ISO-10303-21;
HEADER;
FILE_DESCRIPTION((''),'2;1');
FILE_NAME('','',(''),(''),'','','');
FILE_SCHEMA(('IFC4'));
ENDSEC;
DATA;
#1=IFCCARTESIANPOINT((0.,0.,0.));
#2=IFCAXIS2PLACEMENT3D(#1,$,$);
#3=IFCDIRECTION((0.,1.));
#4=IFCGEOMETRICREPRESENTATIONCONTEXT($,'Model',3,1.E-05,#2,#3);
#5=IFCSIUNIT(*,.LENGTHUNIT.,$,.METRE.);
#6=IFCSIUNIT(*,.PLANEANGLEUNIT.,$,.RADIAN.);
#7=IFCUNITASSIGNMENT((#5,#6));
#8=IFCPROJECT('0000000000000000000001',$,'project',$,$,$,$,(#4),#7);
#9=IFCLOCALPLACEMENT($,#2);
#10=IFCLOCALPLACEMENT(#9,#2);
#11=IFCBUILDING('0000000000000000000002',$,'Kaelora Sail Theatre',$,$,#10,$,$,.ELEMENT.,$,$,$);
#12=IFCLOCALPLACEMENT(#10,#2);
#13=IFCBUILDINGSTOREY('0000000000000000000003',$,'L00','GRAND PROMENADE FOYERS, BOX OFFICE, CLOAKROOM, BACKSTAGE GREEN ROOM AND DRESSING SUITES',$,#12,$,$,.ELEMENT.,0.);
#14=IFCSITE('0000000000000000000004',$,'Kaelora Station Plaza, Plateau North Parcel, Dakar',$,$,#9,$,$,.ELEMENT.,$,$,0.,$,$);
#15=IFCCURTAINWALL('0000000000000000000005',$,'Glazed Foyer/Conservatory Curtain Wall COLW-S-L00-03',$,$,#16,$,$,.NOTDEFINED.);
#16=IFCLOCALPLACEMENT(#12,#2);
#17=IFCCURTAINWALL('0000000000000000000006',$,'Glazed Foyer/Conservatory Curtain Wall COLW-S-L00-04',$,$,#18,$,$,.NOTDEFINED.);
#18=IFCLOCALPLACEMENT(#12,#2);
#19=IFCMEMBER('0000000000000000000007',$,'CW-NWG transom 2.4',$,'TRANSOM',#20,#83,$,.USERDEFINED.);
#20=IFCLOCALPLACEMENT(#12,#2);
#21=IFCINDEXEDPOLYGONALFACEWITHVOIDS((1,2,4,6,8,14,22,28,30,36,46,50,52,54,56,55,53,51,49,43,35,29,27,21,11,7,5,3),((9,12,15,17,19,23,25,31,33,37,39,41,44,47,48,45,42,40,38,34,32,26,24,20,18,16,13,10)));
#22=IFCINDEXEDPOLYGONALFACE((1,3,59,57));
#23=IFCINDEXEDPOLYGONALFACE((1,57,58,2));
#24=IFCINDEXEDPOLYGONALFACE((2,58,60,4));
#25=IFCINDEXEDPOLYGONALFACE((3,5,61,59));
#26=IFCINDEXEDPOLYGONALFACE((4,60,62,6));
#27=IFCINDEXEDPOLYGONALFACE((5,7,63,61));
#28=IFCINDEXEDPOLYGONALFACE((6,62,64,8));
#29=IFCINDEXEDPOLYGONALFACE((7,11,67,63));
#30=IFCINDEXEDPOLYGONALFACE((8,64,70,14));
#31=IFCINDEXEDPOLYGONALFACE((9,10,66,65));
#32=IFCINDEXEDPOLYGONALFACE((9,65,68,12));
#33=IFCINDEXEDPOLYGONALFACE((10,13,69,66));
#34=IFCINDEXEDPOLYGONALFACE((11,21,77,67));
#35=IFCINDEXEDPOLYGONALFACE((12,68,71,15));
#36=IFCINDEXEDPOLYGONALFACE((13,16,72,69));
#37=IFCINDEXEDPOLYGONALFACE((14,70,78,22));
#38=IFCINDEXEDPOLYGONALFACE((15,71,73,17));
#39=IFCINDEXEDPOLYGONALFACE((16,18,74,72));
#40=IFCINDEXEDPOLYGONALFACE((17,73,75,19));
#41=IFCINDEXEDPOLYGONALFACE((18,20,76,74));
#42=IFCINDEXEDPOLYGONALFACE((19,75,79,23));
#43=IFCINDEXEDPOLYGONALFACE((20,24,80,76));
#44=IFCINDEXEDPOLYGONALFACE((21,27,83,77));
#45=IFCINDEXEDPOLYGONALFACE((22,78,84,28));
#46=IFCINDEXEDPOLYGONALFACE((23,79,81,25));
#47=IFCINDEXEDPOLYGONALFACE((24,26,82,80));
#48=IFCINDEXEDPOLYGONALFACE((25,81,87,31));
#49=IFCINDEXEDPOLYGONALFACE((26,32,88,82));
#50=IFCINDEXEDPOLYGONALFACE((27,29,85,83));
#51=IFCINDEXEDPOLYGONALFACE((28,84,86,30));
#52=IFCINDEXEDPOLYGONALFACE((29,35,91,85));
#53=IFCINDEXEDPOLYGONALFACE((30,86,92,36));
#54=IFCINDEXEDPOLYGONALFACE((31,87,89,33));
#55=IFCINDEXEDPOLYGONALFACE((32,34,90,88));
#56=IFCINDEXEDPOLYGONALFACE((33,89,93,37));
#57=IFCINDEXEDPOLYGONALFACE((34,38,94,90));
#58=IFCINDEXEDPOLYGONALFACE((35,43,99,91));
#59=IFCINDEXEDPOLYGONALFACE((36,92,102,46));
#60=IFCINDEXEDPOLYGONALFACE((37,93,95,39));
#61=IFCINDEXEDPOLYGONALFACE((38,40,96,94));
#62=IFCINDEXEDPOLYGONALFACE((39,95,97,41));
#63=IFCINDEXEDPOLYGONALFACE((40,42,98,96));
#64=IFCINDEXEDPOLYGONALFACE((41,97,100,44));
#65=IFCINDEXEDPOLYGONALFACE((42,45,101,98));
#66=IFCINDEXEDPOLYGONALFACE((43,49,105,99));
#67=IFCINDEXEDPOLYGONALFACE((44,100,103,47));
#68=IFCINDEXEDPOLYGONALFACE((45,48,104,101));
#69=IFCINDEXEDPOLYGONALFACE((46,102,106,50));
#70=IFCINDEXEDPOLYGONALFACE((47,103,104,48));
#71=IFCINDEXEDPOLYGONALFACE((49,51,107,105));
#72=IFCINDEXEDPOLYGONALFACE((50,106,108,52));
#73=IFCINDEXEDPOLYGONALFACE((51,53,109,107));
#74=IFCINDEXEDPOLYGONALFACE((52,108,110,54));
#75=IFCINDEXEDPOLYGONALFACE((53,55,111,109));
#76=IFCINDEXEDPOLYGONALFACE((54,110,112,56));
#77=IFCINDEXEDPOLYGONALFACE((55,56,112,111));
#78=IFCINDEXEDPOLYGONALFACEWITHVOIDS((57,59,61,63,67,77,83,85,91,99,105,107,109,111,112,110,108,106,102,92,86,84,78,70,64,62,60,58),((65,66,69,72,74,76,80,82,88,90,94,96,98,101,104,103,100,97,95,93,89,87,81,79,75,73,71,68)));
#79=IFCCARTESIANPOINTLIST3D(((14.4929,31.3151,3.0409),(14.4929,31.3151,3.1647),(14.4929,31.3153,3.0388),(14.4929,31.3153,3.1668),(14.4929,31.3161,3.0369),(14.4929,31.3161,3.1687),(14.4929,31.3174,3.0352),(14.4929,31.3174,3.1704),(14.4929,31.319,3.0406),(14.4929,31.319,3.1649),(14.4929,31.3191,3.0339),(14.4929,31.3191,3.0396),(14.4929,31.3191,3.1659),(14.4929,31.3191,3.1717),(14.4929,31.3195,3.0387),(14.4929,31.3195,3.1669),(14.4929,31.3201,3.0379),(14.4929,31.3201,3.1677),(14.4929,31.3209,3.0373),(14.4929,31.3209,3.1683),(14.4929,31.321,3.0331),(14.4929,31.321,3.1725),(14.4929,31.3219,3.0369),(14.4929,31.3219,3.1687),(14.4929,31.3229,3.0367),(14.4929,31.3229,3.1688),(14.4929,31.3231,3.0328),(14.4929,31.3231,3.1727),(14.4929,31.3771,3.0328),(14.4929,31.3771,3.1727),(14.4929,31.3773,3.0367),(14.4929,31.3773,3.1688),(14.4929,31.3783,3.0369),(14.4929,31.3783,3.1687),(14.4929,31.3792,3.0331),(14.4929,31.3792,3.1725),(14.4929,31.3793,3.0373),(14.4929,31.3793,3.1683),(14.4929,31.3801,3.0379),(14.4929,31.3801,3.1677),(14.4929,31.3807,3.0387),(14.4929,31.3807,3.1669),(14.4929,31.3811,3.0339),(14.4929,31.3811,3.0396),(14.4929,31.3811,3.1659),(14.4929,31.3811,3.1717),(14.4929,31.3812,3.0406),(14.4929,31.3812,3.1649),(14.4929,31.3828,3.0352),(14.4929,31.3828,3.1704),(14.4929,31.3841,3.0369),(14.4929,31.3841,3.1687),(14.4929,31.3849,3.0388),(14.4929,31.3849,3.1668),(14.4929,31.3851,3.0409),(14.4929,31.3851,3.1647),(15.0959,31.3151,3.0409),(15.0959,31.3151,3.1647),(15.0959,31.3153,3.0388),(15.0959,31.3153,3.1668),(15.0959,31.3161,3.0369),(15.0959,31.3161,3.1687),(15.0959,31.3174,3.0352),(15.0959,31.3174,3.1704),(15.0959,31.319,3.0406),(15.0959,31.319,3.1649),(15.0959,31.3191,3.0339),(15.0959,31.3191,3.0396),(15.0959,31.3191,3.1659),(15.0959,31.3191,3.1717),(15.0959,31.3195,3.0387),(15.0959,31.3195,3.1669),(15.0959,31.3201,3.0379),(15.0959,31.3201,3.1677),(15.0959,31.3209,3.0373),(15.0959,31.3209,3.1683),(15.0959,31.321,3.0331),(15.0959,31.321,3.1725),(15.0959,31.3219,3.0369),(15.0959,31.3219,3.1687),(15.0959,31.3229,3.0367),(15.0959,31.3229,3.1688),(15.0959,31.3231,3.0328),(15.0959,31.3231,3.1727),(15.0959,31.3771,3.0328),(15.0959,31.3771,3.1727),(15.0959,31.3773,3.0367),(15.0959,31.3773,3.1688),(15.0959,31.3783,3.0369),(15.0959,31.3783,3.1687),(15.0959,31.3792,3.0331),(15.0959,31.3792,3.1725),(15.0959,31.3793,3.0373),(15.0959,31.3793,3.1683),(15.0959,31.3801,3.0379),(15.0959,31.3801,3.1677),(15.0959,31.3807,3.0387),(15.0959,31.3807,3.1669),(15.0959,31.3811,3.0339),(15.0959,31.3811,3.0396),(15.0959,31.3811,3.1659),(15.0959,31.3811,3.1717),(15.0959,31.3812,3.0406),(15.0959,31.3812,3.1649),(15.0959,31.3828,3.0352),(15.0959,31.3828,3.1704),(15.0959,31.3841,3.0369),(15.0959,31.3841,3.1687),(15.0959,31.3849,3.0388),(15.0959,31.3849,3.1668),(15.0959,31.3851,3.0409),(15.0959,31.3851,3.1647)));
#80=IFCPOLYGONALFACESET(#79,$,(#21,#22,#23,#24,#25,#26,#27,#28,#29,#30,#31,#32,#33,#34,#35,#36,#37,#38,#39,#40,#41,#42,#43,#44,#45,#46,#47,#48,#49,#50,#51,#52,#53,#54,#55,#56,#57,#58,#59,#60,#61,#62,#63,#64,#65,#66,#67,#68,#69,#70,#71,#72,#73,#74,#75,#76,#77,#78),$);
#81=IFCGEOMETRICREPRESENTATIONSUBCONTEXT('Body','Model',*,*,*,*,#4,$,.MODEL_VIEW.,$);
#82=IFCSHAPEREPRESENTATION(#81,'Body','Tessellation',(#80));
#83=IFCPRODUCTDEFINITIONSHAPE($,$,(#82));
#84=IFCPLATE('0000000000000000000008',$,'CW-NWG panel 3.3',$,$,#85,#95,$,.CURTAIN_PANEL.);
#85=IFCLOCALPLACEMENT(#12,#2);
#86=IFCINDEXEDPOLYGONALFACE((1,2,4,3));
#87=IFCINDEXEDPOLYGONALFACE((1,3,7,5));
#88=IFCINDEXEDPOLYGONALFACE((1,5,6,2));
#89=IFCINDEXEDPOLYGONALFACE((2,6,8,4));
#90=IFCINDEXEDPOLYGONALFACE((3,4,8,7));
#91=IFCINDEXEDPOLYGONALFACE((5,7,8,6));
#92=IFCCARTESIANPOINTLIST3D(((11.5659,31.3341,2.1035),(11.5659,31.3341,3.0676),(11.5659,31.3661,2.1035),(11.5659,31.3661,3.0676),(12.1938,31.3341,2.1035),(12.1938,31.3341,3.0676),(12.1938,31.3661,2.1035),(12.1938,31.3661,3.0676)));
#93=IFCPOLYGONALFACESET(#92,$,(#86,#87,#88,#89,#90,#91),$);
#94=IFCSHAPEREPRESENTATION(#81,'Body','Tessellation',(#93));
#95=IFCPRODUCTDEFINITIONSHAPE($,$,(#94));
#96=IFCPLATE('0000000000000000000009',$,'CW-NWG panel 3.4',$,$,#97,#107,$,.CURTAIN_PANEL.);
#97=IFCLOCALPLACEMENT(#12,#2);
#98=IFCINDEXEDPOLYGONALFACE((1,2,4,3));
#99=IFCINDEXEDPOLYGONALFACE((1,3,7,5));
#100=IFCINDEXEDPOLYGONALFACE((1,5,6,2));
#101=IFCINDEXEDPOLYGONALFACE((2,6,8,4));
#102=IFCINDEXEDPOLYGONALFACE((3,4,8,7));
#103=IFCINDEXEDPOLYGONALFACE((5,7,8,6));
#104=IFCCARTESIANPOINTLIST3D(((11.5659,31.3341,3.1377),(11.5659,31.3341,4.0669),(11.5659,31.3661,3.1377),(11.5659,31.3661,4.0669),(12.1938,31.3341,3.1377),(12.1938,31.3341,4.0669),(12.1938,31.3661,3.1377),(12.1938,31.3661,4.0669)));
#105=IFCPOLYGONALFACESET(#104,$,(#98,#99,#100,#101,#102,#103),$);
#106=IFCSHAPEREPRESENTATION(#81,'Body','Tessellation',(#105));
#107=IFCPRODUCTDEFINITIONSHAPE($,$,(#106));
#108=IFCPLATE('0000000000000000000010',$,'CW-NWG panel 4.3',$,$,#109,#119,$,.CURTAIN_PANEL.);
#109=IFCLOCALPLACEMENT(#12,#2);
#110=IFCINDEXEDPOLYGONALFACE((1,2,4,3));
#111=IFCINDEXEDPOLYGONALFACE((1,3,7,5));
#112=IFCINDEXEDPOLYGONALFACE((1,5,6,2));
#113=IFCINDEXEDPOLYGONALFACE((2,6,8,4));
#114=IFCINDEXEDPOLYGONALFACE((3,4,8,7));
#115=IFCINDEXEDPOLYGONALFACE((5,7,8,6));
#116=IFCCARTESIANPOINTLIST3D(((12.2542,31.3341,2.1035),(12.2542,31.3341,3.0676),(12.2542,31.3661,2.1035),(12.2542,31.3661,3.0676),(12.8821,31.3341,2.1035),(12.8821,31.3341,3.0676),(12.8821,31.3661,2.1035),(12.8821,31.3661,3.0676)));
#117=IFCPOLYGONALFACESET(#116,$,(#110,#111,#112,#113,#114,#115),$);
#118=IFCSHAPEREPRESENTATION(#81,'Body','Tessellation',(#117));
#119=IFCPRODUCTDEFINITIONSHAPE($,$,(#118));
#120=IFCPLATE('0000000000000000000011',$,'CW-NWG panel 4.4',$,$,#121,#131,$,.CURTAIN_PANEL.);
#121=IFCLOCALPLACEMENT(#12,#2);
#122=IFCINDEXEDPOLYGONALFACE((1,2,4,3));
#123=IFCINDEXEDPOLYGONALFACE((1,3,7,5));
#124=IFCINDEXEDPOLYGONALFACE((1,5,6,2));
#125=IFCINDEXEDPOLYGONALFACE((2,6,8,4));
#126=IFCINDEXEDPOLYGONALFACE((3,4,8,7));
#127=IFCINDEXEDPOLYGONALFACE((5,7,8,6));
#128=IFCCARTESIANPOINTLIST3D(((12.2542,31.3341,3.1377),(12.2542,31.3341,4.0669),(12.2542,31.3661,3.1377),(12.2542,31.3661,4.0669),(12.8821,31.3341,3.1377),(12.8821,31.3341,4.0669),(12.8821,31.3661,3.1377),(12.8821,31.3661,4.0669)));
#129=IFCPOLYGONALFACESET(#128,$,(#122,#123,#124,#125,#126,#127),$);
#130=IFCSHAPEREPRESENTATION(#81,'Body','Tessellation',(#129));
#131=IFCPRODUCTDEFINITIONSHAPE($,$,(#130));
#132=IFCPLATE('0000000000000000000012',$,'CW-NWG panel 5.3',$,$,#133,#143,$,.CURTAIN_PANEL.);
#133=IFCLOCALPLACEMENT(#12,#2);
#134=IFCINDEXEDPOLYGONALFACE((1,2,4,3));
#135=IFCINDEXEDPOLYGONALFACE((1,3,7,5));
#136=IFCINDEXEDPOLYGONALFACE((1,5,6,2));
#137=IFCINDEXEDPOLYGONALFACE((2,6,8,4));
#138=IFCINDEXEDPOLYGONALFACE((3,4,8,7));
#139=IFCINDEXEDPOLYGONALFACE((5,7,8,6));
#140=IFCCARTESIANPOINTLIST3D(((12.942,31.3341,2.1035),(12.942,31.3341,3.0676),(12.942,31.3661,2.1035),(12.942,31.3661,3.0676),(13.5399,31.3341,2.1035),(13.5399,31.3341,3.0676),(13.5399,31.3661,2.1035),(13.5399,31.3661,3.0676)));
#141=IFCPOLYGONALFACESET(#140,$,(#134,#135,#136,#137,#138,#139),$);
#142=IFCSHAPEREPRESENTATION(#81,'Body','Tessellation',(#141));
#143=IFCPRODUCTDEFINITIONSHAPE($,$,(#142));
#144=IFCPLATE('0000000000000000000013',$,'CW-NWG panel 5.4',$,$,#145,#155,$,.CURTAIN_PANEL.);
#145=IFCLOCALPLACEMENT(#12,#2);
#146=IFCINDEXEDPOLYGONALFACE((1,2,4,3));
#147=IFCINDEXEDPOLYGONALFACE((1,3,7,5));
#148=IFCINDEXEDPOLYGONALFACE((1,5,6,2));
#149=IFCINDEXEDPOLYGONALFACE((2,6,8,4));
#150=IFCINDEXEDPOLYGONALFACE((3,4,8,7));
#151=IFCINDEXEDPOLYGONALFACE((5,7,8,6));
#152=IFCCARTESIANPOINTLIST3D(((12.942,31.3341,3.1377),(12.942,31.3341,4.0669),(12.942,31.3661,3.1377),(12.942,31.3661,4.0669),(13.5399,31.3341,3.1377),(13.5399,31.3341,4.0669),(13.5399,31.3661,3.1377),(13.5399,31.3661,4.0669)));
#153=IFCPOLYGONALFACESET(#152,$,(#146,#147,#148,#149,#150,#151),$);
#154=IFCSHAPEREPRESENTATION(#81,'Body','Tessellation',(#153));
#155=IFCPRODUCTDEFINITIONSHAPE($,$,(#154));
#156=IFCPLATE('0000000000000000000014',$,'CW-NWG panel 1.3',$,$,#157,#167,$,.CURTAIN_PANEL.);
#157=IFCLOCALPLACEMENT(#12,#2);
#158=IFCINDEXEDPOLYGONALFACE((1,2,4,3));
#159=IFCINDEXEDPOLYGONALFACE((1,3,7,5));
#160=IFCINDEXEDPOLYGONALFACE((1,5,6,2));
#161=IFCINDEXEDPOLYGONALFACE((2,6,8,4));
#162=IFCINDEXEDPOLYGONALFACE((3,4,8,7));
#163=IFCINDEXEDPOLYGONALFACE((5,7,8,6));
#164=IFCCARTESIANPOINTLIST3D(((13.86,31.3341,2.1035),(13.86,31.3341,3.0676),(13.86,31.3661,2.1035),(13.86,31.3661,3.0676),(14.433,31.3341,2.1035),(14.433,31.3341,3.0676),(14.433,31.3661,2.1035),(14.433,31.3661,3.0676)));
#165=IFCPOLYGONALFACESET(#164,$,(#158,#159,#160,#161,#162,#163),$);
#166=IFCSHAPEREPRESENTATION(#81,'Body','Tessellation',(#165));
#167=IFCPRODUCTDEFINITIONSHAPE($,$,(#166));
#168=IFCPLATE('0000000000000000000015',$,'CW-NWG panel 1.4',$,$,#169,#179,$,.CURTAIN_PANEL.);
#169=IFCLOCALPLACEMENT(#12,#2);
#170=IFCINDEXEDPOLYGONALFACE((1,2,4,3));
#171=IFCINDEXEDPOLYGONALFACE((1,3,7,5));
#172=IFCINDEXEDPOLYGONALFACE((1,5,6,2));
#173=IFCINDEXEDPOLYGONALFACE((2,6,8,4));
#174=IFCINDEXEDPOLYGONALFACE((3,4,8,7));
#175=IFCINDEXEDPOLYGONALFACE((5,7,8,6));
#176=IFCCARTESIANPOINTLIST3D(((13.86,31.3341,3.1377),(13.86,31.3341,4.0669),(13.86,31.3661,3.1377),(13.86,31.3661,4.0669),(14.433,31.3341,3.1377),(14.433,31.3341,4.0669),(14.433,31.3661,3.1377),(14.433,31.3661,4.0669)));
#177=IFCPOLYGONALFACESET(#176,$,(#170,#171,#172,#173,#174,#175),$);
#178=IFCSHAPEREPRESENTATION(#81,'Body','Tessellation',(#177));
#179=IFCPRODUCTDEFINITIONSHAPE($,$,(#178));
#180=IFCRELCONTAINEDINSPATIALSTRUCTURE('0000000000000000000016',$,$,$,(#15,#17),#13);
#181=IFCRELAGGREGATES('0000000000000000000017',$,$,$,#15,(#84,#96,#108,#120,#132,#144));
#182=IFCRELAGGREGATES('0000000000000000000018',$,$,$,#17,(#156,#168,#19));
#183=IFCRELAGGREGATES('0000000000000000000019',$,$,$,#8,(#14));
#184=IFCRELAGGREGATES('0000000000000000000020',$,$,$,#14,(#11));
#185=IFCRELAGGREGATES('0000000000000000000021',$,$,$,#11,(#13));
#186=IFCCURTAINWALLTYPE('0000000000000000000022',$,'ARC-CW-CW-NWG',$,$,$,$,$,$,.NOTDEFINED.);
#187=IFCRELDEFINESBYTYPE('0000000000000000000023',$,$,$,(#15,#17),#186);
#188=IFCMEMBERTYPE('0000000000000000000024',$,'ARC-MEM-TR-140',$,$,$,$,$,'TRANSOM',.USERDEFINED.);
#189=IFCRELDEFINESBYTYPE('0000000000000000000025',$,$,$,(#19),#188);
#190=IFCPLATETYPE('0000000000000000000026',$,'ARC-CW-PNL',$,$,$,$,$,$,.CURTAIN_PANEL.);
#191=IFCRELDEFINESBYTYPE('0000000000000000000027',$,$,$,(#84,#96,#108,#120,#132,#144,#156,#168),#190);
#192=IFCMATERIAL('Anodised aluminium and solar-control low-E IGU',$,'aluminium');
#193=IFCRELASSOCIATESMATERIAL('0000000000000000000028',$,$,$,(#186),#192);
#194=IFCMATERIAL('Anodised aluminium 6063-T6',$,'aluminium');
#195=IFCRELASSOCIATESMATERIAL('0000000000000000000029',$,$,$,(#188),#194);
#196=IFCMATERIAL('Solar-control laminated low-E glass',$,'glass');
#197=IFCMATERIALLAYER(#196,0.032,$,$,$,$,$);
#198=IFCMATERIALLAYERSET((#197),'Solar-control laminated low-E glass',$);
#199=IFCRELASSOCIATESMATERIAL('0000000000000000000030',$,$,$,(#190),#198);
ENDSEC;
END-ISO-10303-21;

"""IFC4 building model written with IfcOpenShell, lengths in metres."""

from ifc_helpers import new_model, si_unit, direction, frame, origin, origin_2d, place, context, subcontext, project, spatial, rectangle, hollow_rectangle, extrude, material, layer, layer_set, material_profile, profile_set, type_object, element, aggregate, save


model = new_model("IFC4")

# Units and contexts
model_context = context("Model", 3, precision=1e-05, world=origin(), true_north=direction((0.0, 1.0)))
body_context = subcontext(model_context, "Body", "Model", "MODEL_VIEW")
ifc_project = project(units=[si_unit("LENGTHUNIT", "METRE"), si_unit("PLANEANGLEUNIT", "RADIAN")], contexts=[model_context])

# Site, building, storey
site_placement = place(None, origin())
site = spatial("IfcSite", under=ifc_project, at=site_placement, Name="Kaelora Station Plaza, Plateau North Parcel, Dakar", CompositionType="ELEMENT", RefElevation=0.0)
building_placement = place(site_placement, origin())
building = spatial("IfcBuilding", under=site, at=building_placement, Name="Kaelora Sail Theatre", CompositionType="ELEMENT")
storey_placement = place(building_placement, origin())
storey = spatial("IfcBuildingStorey", under=building, at=storey_placement, Name="L00", Description="GRAND PROMENADE FOYERS, BOX OFFICE, CLOAKROOM, BACKSTAGE GREEN ROOM AND DRESSING SUITES", CompositionType="ELEMENT", Elevation=0.0)

# Curtain walls, member
ifc_material_1 = material(Name="Anodised aluminium and solar-control low-E IGU", Category="aluminium")
curtain_wall_type = type_object("IfcCurtainWallType", Name="ARC-CW-CW-NWG", PredefinedType="NOTDEFINED", material=ifc_material_1)
curtain_wall_1_placement = place(storey_placement, origin())
curtain_wall_1 = element("IfcCurtainWall", 1, at=curtain_wall_1_placement, inside=storey, type_object=curtain_wall_type, Name="Glazed Foyer/Conservatory Curtain Wall COLW-S-L00-03", PredefinedType="NOTDEFINED")
ifc_material_2 = material(Name="Anodised aluminium 6063-T6", Category="aluminium")
ifc_material_profile = material_profile(ifc_material_2, hollow_rectangle(XDim=0.0701, YDim=0.1399, WallThickness=0.0039, InnerFilletRadius=0.0039, OuterFilletRadius=0.0081, at=origin_2d()), Name="ALU-TRAN 70x140x4")
ifc_profile_set = profile_set([ifc_material_profile], Name="Anodised aluminium 6063-T6")
member_type = type_object("IfcMemberType", Name="ARC-MEM-TR-140", ElementType="TRANSOM", PredefinedType="USERDEFINED", material=ifc_profile_set)
curtain_wall_2_placement = place(storey_placement, origin())
curtain_wall_2 = element("IfcCurtainWall", 2, at=curtain_wall_2_placement, inside=storey, type_object=curtain_wall_type, Name="Glazed Foyer/Conservatory Curtain Wall COLW-S-L00-04", PredefinedType="NOTDEFINED")
member_1_placement = place(storey_placement, frame((14.4929, 31.3501, 3.1028), z_axis=(1.0, 0.0, 0.0), x_axis=(0.0, 1.0, 0.0)))
member_1 = element("IfcMember", 3, at=member_1_placement, type_object=member_type, Name="CW-NWG transom 2.4", ObjectType="TRANSOM", PredefinedType="USERDEFINED", context=body_context, shape_type="SweptSolid", body=[
    extrude(hollow_rectangle(XDim=0.0701, YDim=0.1399, WallThickness=0.0039, InnerFilletRadius=0.0039, OuterFilletRadius=0.0081, at=origin_2d()), origin(), (0.0, 0.0, 1.0), 0.603),
])

# Plates
ifc_material_3 = material(Name="Solar-control laminated low-E glass", Category="glass")
ifc_layer = layer(ifc_material_3, 0.032)
ifc_layer_set = layer_set([ifc_layer], Name="Solar-control laminated low-E glass")
plate_type = type_object("IfcPlateType", Name="ARC-CW-PNL", PredefinedType="CURTAIN_PANEL", material=ifc_layer_set)
plate_1_placement = place(storey_placement, frame((11.8799, 31.3501, 2.1035), z_axis=(0.0, 0.0, 1.0), x_axis=(1.0, 0.0, 0.0)))
plate_1 = element("IfcPlate", 4, at=plate_1_placement, type_object=plate_type, Name="CW-NWG panel 3.3", PredefinedType="CURTAIN_PANEL", context=body_context, shape_type="SweptSolid", body=[
    extrude(rectangle(XDim=0.6279, YDim=0.032, at=origin_2d()), origin(), (0.0, 0.0, 1.0), 0.9641),
])
plate_2_placement = place(storey_placement, frame((11.8799, 31.3501, 3.1377), z_axis=(0.0, 0.0, 1.0), x_axis=(1.0, 0.0, 0.0)))
plate_2 = element("IfcPlate", 5, at=plate_2_placement, type_object=plate_type, Name="CW-NWG panel 3.4", PredefinedType="CURTAIN_PANEL", context=body_context, shape_type="SweptSolid", body=[
    extrude(rectangle(XDim=0.6279, YDim=0.032, at=origin_2d()), origin(), (0.0, 0.0, 1.0), 0.9292),
])
plate_3_placement = place(storey_placement, frame((12.5681, 31.3501, 2.1035), z_axis=(0.0, 0.0, 1.0), x_axis=(1.0, 0.0, 0.0)))
plate_3 = element("IfcPlate", 6, at=plate_3_placement, type_object=plate_type, Name="CW-NWG panel 4.3", PredefinedType="CURTAIN_PANEL", context=body_context, shape_type="SweptSolid", body=[
    extrude(rectangle(XDim=0.6279, YDim=0.032, at=origin_2d()), origin(), (0.0, 0.0, 1.0), 0.9641),
])
plate_4_placement = place(storey_placement, frame((12.5681, 31.3501, 3.1377), z_axis=(0.0, 0.0, 1.0), x_axis=(1.0, 0.0, 0.0)))
plate_4 = element("IfcPlate", 7, at=plate_4_placement, type_object=plate_type, Name="CW-NWG panel 4.4", PredefinedType="CURTAIN_PANEL", context=body_context, shape_type="SweptSolid", body=[
    extrude(rectangle(XDim=0.6279, YDim=0.032, at=origin_2d()), origin(), (0.0, 0.0, 1.0), 0.9292),
])
plate_5_placement = place(storey_placement, frame((13.241, 31.3501, 2.1035), z_axis=(0.0, 0.0, 1.0), x_axis=(1.0, 0.0, 0.0)))
plate_5 = element("IfcPlate", 8, at=plate_5_placement, type_object=plate_type, Name="CW-NWG panel 5.3", PredefinedType="CURTAIN_PANEL", context=body_context, shape_type="SweptSolid", body=[
    extrude(rectangle(XDim=0.5979, YDim=0.032, at=origin_2d()), origin(), (0.0, 0.0, 1.0), 0.9641),
])
plate_6_placement = place(storey_placement, frame((13.241, 31.3501, 3.1377), z_axis=(0.0, 0.0, 1.0), x_axis=(1.0, 0.0, 0.0)))
plate_6 = element("IfcPlate", 9, at=plate_6_placement, type_object=plate_type, Name="CW-NWG panel 5.4", PredefinedType="CURTAIN_PANEL", context=body_context, shape_type="SweptSolid", body=[
    extrude(rectangle(XDim=0.5979, YDim=0.032, at=origin_2d()), origin(), (0.0, 0.0, 1.0), 0.9292),
])
aggregate(curtain_wall_1, [plate_1, plate_2, plate_3, plate_4, plate_5, plate_6])
plate_7_placement = place(storey_placement, frame((14.1465, 31.3501, 2.1035), z_axis=(0.0, 0.0, 1.0), x_axis=(1.0, 0.0, 0.0)))
plate_7 = element("IfcPlate", 10, at=plate_7_placement, type_object=plate_type, Name="CW-NWG panel 1.3", PredefinedType="CURTAIN_PANEL", context=body_context, shape_type="SweptSolid", body=[
    extrude(rectangle(XDim=0.573, YDim=0.032, at=origin_2d()), origin(), (0.0, 0.0, 1.0), 0.9641),
])
plate_8_placement = place(storey_placement, frame((14.1465, 31.3501, 3.1377), z_axis=(0.0, 0.0, 1.0), x_axis=(1.0, 0.0, 0.0)))
plate_8 = element("IfcPlate", 11, at=plate_8_placement, type_object=plate_type, Name="CW-NWG panel 1.4", PredefinedType="CURTAIN_PANEL", context=body_context, shape_type="SweptSolid", body=[
    extrude(rectangle(XDim=0.573, YDim=0.032, at=origin_2d()), origin(), (0.0, 0.0, 1.0), 0.9292),
])
aggregate(curtain_wall_2, [plate_7, plate_8, member_1])

save(model, "model.ifc")
